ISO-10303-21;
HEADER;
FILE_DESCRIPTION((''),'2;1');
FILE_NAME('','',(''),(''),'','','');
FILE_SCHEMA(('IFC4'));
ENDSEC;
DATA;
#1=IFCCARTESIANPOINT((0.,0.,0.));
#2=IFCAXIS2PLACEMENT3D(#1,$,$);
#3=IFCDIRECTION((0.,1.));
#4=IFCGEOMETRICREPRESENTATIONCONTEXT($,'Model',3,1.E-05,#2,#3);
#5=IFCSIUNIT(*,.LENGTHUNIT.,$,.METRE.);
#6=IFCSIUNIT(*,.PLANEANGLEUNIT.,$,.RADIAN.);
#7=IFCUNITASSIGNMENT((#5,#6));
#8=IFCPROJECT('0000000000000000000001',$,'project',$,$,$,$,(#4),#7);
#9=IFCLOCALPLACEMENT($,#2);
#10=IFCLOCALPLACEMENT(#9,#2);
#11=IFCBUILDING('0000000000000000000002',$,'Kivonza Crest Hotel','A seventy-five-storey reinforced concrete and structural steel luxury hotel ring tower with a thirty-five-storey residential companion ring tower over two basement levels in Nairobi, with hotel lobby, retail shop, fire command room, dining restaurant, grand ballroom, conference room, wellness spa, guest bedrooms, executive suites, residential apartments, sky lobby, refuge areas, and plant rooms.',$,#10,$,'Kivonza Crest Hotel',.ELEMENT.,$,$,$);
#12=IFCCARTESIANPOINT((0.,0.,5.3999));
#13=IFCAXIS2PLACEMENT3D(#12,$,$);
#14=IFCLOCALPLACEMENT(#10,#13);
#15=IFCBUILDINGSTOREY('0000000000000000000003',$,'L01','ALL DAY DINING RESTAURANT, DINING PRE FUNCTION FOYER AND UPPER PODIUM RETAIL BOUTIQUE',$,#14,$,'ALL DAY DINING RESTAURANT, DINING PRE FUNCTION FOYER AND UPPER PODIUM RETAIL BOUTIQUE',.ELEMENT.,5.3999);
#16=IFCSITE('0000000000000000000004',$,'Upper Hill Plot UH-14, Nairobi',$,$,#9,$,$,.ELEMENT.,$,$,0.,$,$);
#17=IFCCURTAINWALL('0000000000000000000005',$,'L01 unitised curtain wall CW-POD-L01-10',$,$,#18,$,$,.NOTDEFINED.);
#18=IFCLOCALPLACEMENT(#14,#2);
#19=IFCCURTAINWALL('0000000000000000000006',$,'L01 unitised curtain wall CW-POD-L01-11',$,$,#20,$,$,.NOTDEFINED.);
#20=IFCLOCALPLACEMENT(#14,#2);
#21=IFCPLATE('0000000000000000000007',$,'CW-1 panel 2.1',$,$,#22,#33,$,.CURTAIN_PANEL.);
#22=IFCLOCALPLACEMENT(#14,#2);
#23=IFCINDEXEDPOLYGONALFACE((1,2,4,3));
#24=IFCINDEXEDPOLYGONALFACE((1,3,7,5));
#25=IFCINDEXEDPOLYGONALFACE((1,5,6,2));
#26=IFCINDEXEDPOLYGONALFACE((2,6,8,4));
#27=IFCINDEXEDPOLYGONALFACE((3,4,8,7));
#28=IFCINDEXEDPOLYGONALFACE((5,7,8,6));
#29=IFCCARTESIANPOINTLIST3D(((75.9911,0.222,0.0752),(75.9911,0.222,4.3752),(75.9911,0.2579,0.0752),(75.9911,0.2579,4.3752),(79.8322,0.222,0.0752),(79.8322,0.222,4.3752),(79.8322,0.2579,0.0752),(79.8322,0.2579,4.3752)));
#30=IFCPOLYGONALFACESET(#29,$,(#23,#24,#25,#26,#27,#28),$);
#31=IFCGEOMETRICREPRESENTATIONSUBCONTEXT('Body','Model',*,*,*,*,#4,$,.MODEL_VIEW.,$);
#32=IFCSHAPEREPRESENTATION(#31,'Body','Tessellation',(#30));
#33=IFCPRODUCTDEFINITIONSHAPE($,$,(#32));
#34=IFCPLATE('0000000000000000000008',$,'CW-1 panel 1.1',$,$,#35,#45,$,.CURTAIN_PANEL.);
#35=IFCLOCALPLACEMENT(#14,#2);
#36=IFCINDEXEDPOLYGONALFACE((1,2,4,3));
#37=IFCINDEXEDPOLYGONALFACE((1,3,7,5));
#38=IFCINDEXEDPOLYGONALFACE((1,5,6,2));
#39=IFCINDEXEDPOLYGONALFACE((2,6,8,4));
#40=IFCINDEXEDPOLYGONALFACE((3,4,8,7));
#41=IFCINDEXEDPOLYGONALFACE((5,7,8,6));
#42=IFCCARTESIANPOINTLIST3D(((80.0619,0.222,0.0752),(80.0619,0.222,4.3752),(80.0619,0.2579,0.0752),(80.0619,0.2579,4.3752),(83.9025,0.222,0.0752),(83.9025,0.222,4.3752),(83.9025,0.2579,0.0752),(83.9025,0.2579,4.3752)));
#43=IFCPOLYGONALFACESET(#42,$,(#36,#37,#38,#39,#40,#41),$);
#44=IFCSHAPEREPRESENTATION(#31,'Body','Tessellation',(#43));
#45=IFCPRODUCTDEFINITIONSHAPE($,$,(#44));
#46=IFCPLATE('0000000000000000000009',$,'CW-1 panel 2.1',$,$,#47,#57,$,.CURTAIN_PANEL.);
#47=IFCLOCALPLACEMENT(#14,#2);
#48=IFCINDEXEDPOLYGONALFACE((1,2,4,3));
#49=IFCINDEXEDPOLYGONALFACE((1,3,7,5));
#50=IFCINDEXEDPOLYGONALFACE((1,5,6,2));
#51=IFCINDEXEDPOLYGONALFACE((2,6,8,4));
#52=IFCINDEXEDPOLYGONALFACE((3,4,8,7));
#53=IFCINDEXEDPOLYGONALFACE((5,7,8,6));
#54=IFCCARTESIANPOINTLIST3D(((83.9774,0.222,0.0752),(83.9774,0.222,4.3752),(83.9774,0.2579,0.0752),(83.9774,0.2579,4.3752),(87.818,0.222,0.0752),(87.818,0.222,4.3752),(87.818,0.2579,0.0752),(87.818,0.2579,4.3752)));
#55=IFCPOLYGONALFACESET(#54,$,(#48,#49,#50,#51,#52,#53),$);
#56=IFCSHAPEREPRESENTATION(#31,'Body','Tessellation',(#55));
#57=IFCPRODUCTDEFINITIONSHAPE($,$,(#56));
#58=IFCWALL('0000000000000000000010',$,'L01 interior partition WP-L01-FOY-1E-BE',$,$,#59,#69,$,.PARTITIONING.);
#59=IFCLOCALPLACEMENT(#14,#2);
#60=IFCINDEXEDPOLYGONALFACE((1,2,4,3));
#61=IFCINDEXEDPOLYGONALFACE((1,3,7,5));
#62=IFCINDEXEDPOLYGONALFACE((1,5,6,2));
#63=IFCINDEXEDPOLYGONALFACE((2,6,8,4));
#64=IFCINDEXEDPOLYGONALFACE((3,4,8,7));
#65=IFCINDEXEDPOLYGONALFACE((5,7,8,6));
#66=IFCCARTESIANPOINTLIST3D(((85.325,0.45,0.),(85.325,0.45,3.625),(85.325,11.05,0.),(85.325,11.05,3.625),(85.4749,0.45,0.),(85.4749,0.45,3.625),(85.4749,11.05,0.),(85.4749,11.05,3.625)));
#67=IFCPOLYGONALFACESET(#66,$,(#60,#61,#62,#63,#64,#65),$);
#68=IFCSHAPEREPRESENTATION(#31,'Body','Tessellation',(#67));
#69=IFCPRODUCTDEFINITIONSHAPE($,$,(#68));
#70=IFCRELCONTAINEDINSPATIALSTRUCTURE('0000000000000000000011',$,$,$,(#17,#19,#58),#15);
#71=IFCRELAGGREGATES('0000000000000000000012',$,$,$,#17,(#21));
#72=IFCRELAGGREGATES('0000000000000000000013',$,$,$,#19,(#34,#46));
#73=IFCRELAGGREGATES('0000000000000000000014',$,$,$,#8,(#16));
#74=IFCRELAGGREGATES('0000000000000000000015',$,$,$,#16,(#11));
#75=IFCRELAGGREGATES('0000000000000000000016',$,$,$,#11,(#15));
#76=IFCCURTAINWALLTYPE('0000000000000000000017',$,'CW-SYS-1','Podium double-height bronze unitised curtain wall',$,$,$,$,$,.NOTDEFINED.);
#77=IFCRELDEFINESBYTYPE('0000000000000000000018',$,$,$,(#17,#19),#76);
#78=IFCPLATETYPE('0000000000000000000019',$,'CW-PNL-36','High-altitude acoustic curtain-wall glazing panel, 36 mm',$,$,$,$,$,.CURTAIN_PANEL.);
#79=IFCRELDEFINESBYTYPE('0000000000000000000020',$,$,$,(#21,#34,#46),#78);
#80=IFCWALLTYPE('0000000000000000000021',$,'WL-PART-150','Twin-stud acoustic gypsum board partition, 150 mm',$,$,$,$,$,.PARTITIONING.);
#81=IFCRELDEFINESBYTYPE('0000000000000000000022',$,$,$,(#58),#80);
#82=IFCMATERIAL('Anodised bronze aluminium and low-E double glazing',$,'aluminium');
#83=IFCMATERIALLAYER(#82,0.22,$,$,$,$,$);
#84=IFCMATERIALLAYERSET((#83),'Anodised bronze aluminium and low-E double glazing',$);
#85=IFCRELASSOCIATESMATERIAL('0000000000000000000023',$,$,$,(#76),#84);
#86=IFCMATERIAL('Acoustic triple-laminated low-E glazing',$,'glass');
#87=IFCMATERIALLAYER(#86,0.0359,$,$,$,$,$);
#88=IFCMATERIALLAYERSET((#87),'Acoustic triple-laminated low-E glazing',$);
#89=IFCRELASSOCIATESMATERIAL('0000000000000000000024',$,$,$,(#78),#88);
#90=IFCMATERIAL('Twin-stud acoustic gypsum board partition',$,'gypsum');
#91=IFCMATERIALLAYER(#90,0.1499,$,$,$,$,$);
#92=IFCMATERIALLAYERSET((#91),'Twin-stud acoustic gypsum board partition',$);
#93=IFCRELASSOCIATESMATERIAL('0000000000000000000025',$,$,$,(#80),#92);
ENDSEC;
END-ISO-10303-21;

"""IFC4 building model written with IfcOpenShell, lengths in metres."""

from ifc_helpers import new_model, si_unit, direction, frame, frame_2d, origin, origin_2d, place, context, subcontext, project, spatial, rectangle, extrude, material, layer, layer_set, type_object, element, aggregate, save


model = new_model("IFC4")

# Units and contexts
model_context = context("Model", 3, precision=1e-05, world=origin(), true_north=direction((0.0, 1.0)))
body_context = subcontext(model_context, "Body", "Model", "MODEL_VIEW")
ifc_project = project(units=[si_unit("LENGTHUNIT", "METRE"), si_unit("PLANEANGLEUNIT", "RADIAN")], contexts=[model_context])

# Site, building, storey
site_placement = place(None, origin())
site = spatial("IfcSite", under=ifc_project, at=site_placement, Name="Upper Hill Plot UH-14, Nairobi", CompositionType="ELEMENT", RefElevation=0.0)
building_placement = place(site_placement, origin())
building = spatial("IfcBuilding", under=site, at=building_placement, Name="Kivonza Crest Hotel", Description="A seventy-five-storey reinforced concrete and structural steel luxury hotel ring tower with a thirty-five-storey residential companion ring tower over two basement levels in Nairobi, with hotel lobby, retail shop, fire command room, dining restaurant, grand ballroom, conference room, wellness spa, guest bedrooms, executive suites, residential apartments, sky lobby, refuge areas, and plant rooms.", LongName="Kivonza Crest Hotel", CompositionType="ELEMENT")
storey_placement = place(building_placement, frame((0.0, 0.0, 5.3999)))
storey = spatial("IfcBuildingStorey", under=building, at=storey_placement, Name="L01", Description="ALL DAY DINING RESTAURANT, DINING PRE FUNCTION FOYER AND UPPER PODIUM RETAIL BOUTIQUE", LongName="ALL DAY DINING RESTAURANT, DINING PRE FUNCTION FOYER AND UPPER PODIUM RETAIL BOUTIQUE", CompositionType="ELEMENT", Elevation=5.3999)

# Curtain wall
ifc_material_1 = material(Name="Anodised bronze aluminium and low-E double glazing", Category="aluminium")
ifc_layer_1 = layer(ifc_material_1, 0.22)
ifc_layer_set_1 = layer_set([ifc_layer_1], Name="Anodised bronze aluminium and low-E double glazing")
curtain_wall_type = type_object("IfcCurtainWallType", Name="CW-SYS-1", Description="Podium double-height bronze unitised curtain wall", PredefinedType="NOTDEFINED", material=ifc_layer_set_1)
curtain_wall_1_placement = place(storey_placement, origin())
curtain_wall_1 = element("IfcCurtainWall", 1, at=curtain_wall_1_placement, inside=storey, type_object=curtain_wall_type, Name="L01 unitised curtain wall CW-POD-L01-10", PredefinedType="NOTDEFINED")

# Curtain wall
curtain_wall_2_placement = place(storey_placement, origin())
curtain_wall_2 = element("IfcCurtainWall", 2, at=curtain_wall_2_placement, inside=storey, type_object=curtain_wall_type, Name="L01 unitised curtain wall CW-POD-L01-11", PredefinedType="NOTDEFINED")

# Plates
ifc_material_2 = material(Name="Acoustic triple-laminated low-E glazing", Category="glass")
ifc_layer_2 = layer(ifc_material_2, 0.0359)
ifc_layer_set_2 = layer_set([ifc_layer_2], Name="Acoustic triple-laminated low-E glazing")
plate_type = type_object("IfcPlateType", Name="CW-PNL-36", Description="High-altitude acoustic curtain-wall glazing panel, 36 mm", PredefinedType="CURTAIN_PANEL", material=ifc_layer_set_2)
plate_1_placement = place(storey_placement, frame((77.9116, 0.24, 0.0752), z_axis=(0.0, 0.0, 1.0), x_axis=(1.0, 0.0, 0.0)))
plate_1 = element("IfcPlate", 3, at=plate_1_placement, type_object=plate_type, Name="CW-1 panel 2.1", PredefinedType="CURTAIN_PANEL", context=body_context, shape_type="SweptSolid", body=[
    extrude(rectangle(XDim=3.8411, YDim=0.0359, at=origin_2d()), origin(), (0.0, 0.0, 1.0), 4.3),
])
aggregate(curtain_wall_1, [plate_1])
plate_2_placement = place(storey_placement, frame((81.9822, 0.24, 0.0752), z_axis=(0.0, 0.0, 1.0), x_axis=(1.0, 0.0, 0.0)))
plate_2 = element("IfcPlate", 4, at=plate_2_placement, type_object=plate_type, Name="CW-1 panel 1.1", PredefinedType="CURTAIN_PANEL", context=body_context, shape_type="SweptSolid", body=[
    extrude(rectangle(XDim=3.8406, YDim=0.0359, at=origin_2d()), origin(), (0.0, 0.0, 1.0), 4.3),
])
plate_3_placement = place(storey_placement, frame((85.8977, 0.24, 0.0752), z_axis=(0.0, 0.0, 1.0), x_axis=(1.0, 0.0, 0.0)))
plate_3 = element("IfcPlate", 5, at=plate_3_placement, type_object=plate_type, Name="CW-1 panel 2.1", PredefinedType="CURTAIN_PANEL", context=body_context, shape_type="SweptSolid", body=[
    extrude(rectangle(XDim=3.8406, YDim=0.0359, at=origin_2d()), origin(), (0.0, 0.0, 1.0), 4.3),
])
aggregate(curtain_wall_2, [plate_2, plate_3])

# Wall
ifc_material_3 = material(Name="Twin-stud acoustic gypsum board partition", Category="gypsum")
ifc_layer_3 = layer(ifc_material_3, 0.1499)
ifc_layer_set_3 = layer_set([ifc_layer_3], Name="Twin-stud acoustic gypsum board partition")
wall_type = type_object("IfcWallType", Name="WL-PART-150", Description="Twin-stud acoustic gypsum board partition, 150 mm", PredefinedType="PARTITIONING", material=ifc_layer_set_3)
wall_placement = place(storey_placement, frame((85.3999, 0.45, 0.0), z_axis=(0.0, 0.0, 1.0), x_axis=(0.0, 1.0, 0.0)))
element("IfcWall", 6, at=wall_placement, inside=storey, type_object=wall_type, Name="L01 interior partition WP-L01-FOY-1E-BE", PredefinedType="PARTITIONING", context=body_context, shape_type="SweptSolid", body=[
    extrude(rectangle(XDim=10.6001, YDim=0.1499, at=frame_2d((5.3, 0.0))), origin(), (0.0, 0.0, 1.0), 3.625),
])

save(model, "model.ifc")
